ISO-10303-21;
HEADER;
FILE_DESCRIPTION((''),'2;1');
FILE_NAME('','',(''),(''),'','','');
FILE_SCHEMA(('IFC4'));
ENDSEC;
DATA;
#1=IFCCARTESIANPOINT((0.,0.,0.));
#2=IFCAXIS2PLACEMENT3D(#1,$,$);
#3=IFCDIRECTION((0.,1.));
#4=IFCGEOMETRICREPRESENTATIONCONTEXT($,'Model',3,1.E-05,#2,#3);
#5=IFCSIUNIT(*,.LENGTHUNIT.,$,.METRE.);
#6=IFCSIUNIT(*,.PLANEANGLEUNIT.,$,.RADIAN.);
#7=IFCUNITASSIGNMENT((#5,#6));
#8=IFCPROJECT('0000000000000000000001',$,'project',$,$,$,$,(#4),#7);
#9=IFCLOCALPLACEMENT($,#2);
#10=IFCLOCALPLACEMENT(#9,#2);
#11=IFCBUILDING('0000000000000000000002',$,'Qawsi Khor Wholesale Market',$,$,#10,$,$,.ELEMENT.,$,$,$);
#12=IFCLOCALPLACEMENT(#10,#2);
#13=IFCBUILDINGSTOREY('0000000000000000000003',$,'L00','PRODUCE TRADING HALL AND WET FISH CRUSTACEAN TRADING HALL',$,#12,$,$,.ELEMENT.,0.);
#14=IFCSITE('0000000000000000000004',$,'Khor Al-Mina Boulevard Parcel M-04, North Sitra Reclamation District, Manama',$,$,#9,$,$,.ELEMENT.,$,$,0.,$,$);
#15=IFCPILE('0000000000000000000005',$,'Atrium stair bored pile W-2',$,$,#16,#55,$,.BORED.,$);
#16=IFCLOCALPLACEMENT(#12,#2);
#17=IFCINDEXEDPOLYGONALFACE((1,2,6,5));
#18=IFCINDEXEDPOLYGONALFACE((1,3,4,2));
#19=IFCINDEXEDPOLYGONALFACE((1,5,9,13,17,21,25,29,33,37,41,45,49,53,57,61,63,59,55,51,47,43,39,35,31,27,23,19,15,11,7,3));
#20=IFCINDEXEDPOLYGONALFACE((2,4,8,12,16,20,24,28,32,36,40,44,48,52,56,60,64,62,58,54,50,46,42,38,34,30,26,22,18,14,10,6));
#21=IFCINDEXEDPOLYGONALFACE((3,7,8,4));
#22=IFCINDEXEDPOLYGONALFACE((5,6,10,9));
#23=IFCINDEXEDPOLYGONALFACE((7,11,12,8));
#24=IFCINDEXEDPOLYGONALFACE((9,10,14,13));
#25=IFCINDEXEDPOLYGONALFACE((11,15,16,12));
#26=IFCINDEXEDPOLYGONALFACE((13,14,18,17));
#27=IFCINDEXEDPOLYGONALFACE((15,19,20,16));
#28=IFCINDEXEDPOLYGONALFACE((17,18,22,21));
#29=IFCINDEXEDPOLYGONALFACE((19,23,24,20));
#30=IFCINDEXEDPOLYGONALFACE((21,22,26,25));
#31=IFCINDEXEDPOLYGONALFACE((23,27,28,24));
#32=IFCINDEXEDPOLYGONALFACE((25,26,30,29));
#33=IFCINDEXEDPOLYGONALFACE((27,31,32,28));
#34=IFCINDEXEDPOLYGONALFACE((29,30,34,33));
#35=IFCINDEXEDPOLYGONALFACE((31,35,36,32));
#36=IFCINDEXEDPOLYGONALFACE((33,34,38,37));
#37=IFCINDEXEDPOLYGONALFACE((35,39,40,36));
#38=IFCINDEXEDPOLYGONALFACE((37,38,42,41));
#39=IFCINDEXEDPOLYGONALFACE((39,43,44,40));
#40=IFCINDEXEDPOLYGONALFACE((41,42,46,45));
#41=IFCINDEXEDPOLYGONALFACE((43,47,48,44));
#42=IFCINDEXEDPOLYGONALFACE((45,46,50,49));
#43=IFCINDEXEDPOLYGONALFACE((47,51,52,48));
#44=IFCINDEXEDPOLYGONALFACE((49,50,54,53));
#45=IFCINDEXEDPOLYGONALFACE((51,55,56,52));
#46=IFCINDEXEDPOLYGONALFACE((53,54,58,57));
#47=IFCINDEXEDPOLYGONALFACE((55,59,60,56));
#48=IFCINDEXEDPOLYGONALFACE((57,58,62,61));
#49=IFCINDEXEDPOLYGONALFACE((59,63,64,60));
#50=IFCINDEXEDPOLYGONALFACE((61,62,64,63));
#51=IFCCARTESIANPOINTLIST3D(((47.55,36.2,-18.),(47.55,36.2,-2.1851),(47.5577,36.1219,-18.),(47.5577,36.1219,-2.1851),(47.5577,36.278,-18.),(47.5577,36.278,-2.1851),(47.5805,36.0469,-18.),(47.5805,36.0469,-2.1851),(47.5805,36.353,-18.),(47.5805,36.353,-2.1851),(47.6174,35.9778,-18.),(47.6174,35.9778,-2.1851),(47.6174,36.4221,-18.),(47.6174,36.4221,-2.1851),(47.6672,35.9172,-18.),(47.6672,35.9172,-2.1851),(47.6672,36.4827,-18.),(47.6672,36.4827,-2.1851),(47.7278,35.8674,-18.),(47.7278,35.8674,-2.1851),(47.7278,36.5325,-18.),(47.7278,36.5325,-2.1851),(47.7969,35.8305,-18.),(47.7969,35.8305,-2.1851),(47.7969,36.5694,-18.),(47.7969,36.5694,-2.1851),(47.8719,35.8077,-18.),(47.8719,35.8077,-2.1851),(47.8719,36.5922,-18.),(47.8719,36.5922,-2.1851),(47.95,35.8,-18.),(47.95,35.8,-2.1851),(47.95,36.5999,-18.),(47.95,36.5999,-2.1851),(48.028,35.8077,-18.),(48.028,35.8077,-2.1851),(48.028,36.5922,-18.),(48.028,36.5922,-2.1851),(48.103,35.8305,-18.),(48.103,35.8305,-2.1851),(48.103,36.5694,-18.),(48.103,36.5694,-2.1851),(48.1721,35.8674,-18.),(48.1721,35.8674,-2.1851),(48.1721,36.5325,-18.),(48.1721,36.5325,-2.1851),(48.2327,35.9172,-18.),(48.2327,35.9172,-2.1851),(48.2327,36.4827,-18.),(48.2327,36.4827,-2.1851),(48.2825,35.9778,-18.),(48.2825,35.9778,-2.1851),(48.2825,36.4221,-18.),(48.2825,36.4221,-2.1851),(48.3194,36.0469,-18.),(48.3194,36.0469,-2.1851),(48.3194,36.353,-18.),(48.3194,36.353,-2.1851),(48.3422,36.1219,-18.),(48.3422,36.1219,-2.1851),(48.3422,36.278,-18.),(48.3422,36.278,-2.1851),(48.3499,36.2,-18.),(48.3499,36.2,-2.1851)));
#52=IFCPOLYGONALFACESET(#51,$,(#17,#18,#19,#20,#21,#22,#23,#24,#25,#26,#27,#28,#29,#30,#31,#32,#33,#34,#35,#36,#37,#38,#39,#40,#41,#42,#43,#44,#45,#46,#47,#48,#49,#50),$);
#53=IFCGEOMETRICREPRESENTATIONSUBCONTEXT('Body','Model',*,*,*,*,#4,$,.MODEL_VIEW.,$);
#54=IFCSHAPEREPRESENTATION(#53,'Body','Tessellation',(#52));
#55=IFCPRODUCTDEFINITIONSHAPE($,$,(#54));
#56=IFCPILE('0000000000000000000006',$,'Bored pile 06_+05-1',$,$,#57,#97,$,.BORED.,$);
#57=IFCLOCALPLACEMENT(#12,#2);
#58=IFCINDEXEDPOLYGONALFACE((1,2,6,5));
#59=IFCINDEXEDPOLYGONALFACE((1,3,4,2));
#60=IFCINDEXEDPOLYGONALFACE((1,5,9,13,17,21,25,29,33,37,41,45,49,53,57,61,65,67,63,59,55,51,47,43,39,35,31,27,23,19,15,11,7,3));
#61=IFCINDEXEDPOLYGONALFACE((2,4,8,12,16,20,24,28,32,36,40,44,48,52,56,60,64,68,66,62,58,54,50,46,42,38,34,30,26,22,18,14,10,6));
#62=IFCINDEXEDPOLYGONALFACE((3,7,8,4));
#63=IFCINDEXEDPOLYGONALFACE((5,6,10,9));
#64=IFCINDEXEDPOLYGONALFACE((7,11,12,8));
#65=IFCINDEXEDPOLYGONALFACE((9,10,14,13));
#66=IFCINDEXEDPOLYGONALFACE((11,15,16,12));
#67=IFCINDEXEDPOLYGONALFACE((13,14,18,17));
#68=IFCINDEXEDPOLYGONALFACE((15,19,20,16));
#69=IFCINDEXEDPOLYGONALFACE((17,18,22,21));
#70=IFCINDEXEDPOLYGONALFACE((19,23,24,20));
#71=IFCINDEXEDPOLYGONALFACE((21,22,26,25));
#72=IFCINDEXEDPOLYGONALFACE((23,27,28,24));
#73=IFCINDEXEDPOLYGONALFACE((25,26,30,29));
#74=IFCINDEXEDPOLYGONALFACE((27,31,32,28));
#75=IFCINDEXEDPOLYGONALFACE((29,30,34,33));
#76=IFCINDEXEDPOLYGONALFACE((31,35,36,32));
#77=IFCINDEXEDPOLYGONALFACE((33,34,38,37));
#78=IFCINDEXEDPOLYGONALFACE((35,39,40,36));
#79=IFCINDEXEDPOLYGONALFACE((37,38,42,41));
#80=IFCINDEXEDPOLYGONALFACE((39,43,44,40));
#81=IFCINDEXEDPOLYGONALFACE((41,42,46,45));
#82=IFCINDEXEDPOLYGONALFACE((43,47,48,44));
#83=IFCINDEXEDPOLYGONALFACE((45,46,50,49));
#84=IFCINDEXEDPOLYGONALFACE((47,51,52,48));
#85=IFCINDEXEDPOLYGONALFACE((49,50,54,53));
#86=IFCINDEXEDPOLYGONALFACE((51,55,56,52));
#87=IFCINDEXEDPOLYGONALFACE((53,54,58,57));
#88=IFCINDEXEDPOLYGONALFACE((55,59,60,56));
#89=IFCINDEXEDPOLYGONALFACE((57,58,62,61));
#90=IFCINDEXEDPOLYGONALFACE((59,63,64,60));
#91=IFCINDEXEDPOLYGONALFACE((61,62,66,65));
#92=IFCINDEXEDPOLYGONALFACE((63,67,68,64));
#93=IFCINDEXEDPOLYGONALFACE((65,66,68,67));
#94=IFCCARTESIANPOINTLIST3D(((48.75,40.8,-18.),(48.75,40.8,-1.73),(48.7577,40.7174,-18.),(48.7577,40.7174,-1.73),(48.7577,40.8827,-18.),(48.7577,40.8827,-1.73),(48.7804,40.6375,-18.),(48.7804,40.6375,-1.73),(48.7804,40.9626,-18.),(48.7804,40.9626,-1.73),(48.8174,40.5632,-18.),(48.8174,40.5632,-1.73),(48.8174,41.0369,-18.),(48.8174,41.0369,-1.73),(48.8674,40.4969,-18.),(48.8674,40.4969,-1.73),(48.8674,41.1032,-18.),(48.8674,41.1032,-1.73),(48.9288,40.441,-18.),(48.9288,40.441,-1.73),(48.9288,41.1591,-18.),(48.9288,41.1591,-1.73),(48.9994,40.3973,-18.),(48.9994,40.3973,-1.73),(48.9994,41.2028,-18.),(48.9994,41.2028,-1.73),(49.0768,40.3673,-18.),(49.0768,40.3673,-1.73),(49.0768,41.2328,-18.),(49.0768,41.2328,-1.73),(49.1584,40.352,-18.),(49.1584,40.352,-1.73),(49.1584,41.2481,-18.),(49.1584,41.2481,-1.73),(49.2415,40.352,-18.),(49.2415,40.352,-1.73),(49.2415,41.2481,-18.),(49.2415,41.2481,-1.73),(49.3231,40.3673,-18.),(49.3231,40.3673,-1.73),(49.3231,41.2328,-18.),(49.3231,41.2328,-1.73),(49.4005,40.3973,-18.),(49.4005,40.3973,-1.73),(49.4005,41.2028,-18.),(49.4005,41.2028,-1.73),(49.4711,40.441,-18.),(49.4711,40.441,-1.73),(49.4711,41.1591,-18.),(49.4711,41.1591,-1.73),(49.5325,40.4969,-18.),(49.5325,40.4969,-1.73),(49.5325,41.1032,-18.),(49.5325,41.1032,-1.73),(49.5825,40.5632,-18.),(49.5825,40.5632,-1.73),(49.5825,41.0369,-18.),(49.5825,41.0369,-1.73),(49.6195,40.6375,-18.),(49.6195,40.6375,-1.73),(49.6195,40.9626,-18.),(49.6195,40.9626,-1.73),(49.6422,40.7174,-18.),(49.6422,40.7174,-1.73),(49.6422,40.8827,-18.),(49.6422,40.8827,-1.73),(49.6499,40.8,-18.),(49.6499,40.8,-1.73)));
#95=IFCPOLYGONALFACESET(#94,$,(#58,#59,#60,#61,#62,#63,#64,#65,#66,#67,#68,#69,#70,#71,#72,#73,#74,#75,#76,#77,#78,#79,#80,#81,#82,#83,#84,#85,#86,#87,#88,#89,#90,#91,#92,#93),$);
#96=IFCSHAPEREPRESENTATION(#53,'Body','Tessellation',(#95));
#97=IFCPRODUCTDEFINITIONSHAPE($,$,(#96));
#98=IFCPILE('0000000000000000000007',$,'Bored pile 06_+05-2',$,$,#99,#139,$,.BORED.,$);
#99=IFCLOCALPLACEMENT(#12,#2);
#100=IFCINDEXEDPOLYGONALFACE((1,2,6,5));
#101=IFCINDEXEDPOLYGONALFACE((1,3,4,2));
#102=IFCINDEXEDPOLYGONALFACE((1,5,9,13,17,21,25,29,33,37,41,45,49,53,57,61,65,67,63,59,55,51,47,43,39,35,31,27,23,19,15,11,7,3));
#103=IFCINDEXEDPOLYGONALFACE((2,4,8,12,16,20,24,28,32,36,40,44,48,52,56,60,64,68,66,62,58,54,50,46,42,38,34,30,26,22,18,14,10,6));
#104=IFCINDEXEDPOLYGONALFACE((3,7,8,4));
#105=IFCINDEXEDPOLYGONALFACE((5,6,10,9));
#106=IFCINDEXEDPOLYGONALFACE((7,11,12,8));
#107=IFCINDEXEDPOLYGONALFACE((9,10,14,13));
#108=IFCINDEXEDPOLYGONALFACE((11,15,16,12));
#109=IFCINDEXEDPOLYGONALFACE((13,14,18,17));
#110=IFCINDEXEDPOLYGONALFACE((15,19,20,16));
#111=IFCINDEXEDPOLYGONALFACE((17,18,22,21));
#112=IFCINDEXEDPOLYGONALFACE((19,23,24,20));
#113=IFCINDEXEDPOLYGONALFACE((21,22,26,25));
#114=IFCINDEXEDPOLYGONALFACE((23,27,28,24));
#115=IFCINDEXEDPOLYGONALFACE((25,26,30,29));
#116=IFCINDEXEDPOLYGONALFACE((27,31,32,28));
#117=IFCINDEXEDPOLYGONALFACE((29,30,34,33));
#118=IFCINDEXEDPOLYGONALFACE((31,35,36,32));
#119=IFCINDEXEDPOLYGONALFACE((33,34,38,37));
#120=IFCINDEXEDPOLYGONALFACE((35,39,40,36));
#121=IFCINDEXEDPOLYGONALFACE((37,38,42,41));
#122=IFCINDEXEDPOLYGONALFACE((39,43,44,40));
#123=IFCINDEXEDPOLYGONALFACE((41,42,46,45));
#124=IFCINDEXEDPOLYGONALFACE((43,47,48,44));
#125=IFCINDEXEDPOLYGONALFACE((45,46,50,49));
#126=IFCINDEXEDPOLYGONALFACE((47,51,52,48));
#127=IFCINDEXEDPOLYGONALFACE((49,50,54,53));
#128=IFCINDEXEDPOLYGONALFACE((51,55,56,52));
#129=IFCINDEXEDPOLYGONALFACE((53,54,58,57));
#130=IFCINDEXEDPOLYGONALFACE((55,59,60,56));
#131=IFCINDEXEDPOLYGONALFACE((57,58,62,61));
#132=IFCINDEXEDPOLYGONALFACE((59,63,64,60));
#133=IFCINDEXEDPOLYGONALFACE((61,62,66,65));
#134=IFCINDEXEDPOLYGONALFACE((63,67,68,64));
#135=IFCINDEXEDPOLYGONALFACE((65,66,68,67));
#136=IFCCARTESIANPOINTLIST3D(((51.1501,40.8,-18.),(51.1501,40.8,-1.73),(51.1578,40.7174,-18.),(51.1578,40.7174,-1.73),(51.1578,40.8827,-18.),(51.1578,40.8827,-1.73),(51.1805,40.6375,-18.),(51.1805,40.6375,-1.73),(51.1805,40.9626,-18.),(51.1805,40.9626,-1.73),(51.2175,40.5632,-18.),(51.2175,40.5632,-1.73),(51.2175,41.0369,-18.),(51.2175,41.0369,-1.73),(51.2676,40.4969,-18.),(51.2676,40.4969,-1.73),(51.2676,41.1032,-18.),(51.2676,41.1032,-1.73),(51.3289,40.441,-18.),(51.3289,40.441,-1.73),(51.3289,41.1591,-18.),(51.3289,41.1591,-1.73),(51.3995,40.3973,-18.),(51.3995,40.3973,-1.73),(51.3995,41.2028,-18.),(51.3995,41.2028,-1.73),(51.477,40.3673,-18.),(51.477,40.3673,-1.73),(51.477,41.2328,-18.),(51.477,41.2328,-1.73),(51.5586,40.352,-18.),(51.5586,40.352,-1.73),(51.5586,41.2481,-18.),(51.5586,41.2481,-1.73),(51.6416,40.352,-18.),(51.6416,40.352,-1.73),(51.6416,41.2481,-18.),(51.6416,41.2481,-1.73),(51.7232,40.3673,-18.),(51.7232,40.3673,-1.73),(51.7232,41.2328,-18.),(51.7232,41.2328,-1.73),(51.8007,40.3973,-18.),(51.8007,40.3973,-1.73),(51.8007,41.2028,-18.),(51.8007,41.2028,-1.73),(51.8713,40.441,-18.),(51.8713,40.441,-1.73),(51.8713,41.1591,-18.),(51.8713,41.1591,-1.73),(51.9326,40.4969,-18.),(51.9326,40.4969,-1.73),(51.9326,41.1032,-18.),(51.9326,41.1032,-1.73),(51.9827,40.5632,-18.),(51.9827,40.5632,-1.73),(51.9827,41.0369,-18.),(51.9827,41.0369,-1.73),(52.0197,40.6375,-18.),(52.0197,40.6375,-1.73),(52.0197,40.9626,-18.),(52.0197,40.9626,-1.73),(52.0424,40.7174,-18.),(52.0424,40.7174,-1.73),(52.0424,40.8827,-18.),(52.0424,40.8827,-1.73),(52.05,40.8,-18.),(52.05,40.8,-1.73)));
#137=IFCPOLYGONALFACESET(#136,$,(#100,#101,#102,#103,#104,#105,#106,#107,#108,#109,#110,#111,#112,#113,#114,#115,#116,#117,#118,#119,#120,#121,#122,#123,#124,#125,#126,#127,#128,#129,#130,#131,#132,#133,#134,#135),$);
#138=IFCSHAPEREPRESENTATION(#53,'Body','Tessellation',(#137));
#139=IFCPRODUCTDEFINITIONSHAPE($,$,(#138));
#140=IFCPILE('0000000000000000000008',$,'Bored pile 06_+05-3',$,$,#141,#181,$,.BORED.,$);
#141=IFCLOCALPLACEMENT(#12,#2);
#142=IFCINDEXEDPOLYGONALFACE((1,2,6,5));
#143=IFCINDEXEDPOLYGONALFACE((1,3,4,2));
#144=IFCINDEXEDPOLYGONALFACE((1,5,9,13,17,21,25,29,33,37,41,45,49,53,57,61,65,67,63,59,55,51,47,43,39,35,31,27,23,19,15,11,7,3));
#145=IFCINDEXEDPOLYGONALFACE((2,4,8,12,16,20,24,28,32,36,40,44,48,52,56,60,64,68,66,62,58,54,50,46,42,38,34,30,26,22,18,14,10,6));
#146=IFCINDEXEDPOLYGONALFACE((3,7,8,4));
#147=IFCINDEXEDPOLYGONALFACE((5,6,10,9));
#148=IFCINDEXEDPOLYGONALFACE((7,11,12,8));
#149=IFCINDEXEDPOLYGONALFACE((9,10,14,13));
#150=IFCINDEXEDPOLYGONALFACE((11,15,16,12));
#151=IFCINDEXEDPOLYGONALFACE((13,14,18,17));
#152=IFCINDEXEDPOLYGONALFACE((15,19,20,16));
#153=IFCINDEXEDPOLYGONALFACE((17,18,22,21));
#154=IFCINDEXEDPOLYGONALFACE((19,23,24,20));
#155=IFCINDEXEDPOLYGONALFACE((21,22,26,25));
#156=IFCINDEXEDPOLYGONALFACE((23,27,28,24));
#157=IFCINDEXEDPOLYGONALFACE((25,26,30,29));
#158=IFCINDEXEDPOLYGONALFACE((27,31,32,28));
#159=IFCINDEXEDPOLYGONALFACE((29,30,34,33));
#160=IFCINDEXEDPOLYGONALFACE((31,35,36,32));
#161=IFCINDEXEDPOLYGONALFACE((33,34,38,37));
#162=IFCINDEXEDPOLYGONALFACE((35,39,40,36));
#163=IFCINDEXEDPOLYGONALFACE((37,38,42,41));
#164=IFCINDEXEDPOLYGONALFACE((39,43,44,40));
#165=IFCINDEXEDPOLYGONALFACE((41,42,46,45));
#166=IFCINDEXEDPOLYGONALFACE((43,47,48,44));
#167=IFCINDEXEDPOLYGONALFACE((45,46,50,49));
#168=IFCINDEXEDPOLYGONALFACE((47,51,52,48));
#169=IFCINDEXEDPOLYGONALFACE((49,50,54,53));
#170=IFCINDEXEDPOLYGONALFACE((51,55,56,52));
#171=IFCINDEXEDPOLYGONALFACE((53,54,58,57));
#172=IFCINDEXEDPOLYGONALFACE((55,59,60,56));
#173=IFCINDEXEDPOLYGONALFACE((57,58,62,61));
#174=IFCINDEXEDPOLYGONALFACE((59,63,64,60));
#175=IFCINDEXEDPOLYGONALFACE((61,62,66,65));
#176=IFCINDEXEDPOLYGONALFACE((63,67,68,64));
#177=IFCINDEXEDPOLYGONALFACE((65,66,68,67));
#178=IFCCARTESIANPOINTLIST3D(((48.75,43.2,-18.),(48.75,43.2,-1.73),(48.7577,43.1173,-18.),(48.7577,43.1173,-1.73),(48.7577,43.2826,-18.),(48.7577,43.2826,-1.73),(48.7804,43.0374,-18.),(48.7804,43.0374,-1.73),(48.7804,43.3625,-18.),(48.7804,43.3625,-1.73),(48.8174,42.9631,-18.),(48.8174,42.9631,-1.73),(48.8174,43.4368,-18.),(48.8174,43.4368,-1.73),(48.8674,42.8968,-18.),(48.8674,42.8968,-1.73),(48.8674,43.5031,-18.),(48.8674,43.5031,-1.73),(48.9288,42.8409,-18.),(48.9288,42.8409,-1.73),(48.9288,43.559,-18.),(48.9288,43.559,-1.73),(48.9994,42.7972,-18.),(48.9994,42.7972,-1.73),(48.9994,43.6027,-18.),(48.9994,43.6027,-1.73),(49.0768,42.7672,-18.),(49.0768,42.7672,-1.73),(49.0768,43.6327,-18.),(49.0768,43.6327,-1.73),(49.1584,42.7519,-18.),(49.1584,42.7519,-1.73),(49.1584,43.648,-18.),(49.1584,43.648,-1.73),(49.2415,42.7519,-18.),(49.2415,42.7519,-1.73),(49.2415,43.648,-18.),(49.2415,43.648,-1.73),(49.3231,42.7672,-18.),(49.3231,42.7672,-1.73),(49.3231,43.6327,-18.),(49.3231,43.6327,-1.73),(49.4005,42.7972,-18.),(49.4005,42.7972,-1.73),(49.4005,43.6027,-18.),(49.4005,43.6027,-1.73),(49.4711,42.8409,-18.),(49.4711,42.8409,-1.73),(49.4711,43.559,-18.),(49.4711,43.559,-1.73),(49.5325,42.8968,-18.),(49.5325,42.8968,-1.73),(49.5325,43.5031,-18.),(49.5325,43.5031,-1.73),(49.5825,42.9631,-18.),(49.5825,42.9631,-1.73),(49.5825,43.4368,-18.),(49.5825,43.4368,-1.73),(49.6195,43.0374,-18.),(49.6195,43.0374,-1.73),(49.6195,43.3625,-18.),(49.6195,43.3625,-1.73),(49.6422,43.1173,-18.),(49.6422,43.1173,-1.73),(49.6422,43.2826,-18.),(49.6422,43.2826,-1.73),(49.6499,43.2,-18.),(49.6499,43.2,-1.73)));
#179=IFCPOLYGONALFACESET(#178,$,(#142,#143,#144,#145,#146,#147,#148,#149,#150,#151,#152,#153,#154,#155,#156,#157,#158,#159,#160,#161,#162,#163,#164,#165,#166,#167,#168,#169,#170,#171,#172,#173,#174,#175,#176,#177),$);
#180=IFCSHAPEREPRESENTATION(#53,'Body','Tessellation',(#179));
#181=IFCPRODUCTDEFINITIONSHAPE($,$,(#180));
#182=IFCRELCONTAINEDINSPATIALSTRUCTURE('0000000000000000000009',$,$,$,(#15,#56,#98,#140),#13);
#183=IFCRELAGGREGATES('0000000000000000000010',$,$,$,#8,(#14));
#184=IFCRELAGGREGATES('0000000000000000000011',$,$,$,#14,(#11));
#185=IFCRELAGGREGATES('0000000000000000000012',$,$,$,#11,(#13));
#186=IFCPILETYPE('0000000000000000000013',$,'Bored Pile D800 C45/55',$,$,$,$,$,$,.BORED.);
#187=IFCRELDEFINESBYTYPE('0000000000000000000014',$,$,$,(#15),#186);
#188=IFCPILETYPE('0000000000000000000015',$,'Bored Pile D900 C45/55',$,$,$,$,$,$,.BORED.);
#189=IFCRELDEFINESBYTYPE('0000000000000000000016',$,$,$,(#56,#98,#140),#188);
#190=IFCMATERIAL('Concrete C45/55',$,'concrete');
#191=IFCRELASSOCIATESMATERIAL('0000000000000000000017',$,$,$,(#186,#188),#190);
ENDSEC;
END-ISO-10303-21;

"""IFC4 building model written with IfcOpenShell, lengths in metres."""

from ifc_helpers import new_model, si_unit, direction, frame, origin, origin_2d, place, context, subcontext, project, spatial, circle, extrude, material, material_profile, profile_set, type_object, element, save


model = new_model("IFC4")

# Units and contexts
model_context = context("Model", 3, precision=1e-05, world=origin(), true_north=direction((0.0, 1.0)))
body_context = subcontext(model_context, "Body", "Model", "MODEL_VIEW")
ifc_project = project(units=[si_unit("LENGTHUNIT", "METRE"), si_unit("PLANEANGLEUNIT", "RADIAN")], contexts=[model_context])

# Site, building, storey
site_placement = place(None, origin())
site = spatial("IfcSite", under=ifc_project, at=site_placement, Name="Khor Al-Mina Boulevard Parcel M-04, North Sitra Reclamation District, Manama", CompositionType="ELEMENT", RefElevation=0.0)
building_placement = place(site_placement, origin())
building = spatial("IfcBuilding", under=site, at=building_placement, Name="Qawsi Khor Wholesale Market", CompositionType="ELEMENT")
storey_placement = place(building_placement, origin())
storey = spatial("IfcBuildingStorey", under=building, at=storey_placement, Name="L00", Description="PRODUCE TRADING HALL AND WET FISH CRUSTACEAN TRADING HALL", CompositionType="ELEMENT", Elevation=0.0)

# Piles
ifc_material_1 = material(Name="Concrete C45/55", Category="concrete")
ifc_material_profile_1 = material_profile(ifc_material_1, circle(Radius=0.3999, at=origin_2d()), Name="PILE D800")
ifc_profile_set_1 = profile_set([ifc_material_profile_1], Name="Concrete C45/55")
pile_type_1 = type_object("IfcPileType", Name="Bored Pile D800 C45/55", PredefinedType="BORED", material=ifc_profile_set_1)
pile_placement = place(storey_placement, frame((47.95, 36.2, -2.1851), z_axis=(0.0, 0.0, -1.0), x_axis=(1.0, 0.0, 0.0)))
element("IfcPile", 1, at=pile_placement, inside=storey, type_object=pile_type_1, Name="Atrium stair bored pile W-2", PredefinedType="BORED", context=body_context, shape_type="SweptSolid", body=[
    extrude(circle(Radius=0.3999, at=origin_2d()), origin(), (0.0, 0.0, 1.0), 15.8149),
])
ifc_material_profile_2 = material_profile(ifc_material_1, circle(Radius=0.45, at=origin_2d()), Name="PILE D900")
ifc_profile_set_2 = profile_set([ifc_material_profile_2], Name="Concrete C45/55")
pile_type_2 = type_object("IfcPileType", Name="Bored Pile D900 C45/55", PredefinedType="BORED", material=ifc_profile_set_2)
for number, where, z_axis, x_axis, name in (
    (2, (49.2, 40.8, -1.73), (0.0, 0.0, -1.0), (1.0, 0.0, 0.0), "Bored pile 06_+05-1"),
    (3, (51.6001, 40.8, -1.73), (0.0, 0.0, -1.0), (1.0, 0.0, 0.0), "Bored pile 06_+05-2"),
    (4, (49.2, 43.2, -1.73), (0.0, 0.0, -1.0), (1.0, 0.0, 0.0), "Bored pile 06_+05-3"),
):
    element("IfcPile", number, at=place(storey_placement, frame(where, z_axis=z_axis, x_axis=x_axis)), inside=storey, type_object=pile_type_2, Name=name, PredefinedType="BORED", context=body_context, shape_type="SweptSolid", body=[
        extrude(circle(Radius=0.45, at=origin_2d()), origin(), (0.0, 0.0, 1.0), 16.27),
    ])

save(model, "model.ifc")
